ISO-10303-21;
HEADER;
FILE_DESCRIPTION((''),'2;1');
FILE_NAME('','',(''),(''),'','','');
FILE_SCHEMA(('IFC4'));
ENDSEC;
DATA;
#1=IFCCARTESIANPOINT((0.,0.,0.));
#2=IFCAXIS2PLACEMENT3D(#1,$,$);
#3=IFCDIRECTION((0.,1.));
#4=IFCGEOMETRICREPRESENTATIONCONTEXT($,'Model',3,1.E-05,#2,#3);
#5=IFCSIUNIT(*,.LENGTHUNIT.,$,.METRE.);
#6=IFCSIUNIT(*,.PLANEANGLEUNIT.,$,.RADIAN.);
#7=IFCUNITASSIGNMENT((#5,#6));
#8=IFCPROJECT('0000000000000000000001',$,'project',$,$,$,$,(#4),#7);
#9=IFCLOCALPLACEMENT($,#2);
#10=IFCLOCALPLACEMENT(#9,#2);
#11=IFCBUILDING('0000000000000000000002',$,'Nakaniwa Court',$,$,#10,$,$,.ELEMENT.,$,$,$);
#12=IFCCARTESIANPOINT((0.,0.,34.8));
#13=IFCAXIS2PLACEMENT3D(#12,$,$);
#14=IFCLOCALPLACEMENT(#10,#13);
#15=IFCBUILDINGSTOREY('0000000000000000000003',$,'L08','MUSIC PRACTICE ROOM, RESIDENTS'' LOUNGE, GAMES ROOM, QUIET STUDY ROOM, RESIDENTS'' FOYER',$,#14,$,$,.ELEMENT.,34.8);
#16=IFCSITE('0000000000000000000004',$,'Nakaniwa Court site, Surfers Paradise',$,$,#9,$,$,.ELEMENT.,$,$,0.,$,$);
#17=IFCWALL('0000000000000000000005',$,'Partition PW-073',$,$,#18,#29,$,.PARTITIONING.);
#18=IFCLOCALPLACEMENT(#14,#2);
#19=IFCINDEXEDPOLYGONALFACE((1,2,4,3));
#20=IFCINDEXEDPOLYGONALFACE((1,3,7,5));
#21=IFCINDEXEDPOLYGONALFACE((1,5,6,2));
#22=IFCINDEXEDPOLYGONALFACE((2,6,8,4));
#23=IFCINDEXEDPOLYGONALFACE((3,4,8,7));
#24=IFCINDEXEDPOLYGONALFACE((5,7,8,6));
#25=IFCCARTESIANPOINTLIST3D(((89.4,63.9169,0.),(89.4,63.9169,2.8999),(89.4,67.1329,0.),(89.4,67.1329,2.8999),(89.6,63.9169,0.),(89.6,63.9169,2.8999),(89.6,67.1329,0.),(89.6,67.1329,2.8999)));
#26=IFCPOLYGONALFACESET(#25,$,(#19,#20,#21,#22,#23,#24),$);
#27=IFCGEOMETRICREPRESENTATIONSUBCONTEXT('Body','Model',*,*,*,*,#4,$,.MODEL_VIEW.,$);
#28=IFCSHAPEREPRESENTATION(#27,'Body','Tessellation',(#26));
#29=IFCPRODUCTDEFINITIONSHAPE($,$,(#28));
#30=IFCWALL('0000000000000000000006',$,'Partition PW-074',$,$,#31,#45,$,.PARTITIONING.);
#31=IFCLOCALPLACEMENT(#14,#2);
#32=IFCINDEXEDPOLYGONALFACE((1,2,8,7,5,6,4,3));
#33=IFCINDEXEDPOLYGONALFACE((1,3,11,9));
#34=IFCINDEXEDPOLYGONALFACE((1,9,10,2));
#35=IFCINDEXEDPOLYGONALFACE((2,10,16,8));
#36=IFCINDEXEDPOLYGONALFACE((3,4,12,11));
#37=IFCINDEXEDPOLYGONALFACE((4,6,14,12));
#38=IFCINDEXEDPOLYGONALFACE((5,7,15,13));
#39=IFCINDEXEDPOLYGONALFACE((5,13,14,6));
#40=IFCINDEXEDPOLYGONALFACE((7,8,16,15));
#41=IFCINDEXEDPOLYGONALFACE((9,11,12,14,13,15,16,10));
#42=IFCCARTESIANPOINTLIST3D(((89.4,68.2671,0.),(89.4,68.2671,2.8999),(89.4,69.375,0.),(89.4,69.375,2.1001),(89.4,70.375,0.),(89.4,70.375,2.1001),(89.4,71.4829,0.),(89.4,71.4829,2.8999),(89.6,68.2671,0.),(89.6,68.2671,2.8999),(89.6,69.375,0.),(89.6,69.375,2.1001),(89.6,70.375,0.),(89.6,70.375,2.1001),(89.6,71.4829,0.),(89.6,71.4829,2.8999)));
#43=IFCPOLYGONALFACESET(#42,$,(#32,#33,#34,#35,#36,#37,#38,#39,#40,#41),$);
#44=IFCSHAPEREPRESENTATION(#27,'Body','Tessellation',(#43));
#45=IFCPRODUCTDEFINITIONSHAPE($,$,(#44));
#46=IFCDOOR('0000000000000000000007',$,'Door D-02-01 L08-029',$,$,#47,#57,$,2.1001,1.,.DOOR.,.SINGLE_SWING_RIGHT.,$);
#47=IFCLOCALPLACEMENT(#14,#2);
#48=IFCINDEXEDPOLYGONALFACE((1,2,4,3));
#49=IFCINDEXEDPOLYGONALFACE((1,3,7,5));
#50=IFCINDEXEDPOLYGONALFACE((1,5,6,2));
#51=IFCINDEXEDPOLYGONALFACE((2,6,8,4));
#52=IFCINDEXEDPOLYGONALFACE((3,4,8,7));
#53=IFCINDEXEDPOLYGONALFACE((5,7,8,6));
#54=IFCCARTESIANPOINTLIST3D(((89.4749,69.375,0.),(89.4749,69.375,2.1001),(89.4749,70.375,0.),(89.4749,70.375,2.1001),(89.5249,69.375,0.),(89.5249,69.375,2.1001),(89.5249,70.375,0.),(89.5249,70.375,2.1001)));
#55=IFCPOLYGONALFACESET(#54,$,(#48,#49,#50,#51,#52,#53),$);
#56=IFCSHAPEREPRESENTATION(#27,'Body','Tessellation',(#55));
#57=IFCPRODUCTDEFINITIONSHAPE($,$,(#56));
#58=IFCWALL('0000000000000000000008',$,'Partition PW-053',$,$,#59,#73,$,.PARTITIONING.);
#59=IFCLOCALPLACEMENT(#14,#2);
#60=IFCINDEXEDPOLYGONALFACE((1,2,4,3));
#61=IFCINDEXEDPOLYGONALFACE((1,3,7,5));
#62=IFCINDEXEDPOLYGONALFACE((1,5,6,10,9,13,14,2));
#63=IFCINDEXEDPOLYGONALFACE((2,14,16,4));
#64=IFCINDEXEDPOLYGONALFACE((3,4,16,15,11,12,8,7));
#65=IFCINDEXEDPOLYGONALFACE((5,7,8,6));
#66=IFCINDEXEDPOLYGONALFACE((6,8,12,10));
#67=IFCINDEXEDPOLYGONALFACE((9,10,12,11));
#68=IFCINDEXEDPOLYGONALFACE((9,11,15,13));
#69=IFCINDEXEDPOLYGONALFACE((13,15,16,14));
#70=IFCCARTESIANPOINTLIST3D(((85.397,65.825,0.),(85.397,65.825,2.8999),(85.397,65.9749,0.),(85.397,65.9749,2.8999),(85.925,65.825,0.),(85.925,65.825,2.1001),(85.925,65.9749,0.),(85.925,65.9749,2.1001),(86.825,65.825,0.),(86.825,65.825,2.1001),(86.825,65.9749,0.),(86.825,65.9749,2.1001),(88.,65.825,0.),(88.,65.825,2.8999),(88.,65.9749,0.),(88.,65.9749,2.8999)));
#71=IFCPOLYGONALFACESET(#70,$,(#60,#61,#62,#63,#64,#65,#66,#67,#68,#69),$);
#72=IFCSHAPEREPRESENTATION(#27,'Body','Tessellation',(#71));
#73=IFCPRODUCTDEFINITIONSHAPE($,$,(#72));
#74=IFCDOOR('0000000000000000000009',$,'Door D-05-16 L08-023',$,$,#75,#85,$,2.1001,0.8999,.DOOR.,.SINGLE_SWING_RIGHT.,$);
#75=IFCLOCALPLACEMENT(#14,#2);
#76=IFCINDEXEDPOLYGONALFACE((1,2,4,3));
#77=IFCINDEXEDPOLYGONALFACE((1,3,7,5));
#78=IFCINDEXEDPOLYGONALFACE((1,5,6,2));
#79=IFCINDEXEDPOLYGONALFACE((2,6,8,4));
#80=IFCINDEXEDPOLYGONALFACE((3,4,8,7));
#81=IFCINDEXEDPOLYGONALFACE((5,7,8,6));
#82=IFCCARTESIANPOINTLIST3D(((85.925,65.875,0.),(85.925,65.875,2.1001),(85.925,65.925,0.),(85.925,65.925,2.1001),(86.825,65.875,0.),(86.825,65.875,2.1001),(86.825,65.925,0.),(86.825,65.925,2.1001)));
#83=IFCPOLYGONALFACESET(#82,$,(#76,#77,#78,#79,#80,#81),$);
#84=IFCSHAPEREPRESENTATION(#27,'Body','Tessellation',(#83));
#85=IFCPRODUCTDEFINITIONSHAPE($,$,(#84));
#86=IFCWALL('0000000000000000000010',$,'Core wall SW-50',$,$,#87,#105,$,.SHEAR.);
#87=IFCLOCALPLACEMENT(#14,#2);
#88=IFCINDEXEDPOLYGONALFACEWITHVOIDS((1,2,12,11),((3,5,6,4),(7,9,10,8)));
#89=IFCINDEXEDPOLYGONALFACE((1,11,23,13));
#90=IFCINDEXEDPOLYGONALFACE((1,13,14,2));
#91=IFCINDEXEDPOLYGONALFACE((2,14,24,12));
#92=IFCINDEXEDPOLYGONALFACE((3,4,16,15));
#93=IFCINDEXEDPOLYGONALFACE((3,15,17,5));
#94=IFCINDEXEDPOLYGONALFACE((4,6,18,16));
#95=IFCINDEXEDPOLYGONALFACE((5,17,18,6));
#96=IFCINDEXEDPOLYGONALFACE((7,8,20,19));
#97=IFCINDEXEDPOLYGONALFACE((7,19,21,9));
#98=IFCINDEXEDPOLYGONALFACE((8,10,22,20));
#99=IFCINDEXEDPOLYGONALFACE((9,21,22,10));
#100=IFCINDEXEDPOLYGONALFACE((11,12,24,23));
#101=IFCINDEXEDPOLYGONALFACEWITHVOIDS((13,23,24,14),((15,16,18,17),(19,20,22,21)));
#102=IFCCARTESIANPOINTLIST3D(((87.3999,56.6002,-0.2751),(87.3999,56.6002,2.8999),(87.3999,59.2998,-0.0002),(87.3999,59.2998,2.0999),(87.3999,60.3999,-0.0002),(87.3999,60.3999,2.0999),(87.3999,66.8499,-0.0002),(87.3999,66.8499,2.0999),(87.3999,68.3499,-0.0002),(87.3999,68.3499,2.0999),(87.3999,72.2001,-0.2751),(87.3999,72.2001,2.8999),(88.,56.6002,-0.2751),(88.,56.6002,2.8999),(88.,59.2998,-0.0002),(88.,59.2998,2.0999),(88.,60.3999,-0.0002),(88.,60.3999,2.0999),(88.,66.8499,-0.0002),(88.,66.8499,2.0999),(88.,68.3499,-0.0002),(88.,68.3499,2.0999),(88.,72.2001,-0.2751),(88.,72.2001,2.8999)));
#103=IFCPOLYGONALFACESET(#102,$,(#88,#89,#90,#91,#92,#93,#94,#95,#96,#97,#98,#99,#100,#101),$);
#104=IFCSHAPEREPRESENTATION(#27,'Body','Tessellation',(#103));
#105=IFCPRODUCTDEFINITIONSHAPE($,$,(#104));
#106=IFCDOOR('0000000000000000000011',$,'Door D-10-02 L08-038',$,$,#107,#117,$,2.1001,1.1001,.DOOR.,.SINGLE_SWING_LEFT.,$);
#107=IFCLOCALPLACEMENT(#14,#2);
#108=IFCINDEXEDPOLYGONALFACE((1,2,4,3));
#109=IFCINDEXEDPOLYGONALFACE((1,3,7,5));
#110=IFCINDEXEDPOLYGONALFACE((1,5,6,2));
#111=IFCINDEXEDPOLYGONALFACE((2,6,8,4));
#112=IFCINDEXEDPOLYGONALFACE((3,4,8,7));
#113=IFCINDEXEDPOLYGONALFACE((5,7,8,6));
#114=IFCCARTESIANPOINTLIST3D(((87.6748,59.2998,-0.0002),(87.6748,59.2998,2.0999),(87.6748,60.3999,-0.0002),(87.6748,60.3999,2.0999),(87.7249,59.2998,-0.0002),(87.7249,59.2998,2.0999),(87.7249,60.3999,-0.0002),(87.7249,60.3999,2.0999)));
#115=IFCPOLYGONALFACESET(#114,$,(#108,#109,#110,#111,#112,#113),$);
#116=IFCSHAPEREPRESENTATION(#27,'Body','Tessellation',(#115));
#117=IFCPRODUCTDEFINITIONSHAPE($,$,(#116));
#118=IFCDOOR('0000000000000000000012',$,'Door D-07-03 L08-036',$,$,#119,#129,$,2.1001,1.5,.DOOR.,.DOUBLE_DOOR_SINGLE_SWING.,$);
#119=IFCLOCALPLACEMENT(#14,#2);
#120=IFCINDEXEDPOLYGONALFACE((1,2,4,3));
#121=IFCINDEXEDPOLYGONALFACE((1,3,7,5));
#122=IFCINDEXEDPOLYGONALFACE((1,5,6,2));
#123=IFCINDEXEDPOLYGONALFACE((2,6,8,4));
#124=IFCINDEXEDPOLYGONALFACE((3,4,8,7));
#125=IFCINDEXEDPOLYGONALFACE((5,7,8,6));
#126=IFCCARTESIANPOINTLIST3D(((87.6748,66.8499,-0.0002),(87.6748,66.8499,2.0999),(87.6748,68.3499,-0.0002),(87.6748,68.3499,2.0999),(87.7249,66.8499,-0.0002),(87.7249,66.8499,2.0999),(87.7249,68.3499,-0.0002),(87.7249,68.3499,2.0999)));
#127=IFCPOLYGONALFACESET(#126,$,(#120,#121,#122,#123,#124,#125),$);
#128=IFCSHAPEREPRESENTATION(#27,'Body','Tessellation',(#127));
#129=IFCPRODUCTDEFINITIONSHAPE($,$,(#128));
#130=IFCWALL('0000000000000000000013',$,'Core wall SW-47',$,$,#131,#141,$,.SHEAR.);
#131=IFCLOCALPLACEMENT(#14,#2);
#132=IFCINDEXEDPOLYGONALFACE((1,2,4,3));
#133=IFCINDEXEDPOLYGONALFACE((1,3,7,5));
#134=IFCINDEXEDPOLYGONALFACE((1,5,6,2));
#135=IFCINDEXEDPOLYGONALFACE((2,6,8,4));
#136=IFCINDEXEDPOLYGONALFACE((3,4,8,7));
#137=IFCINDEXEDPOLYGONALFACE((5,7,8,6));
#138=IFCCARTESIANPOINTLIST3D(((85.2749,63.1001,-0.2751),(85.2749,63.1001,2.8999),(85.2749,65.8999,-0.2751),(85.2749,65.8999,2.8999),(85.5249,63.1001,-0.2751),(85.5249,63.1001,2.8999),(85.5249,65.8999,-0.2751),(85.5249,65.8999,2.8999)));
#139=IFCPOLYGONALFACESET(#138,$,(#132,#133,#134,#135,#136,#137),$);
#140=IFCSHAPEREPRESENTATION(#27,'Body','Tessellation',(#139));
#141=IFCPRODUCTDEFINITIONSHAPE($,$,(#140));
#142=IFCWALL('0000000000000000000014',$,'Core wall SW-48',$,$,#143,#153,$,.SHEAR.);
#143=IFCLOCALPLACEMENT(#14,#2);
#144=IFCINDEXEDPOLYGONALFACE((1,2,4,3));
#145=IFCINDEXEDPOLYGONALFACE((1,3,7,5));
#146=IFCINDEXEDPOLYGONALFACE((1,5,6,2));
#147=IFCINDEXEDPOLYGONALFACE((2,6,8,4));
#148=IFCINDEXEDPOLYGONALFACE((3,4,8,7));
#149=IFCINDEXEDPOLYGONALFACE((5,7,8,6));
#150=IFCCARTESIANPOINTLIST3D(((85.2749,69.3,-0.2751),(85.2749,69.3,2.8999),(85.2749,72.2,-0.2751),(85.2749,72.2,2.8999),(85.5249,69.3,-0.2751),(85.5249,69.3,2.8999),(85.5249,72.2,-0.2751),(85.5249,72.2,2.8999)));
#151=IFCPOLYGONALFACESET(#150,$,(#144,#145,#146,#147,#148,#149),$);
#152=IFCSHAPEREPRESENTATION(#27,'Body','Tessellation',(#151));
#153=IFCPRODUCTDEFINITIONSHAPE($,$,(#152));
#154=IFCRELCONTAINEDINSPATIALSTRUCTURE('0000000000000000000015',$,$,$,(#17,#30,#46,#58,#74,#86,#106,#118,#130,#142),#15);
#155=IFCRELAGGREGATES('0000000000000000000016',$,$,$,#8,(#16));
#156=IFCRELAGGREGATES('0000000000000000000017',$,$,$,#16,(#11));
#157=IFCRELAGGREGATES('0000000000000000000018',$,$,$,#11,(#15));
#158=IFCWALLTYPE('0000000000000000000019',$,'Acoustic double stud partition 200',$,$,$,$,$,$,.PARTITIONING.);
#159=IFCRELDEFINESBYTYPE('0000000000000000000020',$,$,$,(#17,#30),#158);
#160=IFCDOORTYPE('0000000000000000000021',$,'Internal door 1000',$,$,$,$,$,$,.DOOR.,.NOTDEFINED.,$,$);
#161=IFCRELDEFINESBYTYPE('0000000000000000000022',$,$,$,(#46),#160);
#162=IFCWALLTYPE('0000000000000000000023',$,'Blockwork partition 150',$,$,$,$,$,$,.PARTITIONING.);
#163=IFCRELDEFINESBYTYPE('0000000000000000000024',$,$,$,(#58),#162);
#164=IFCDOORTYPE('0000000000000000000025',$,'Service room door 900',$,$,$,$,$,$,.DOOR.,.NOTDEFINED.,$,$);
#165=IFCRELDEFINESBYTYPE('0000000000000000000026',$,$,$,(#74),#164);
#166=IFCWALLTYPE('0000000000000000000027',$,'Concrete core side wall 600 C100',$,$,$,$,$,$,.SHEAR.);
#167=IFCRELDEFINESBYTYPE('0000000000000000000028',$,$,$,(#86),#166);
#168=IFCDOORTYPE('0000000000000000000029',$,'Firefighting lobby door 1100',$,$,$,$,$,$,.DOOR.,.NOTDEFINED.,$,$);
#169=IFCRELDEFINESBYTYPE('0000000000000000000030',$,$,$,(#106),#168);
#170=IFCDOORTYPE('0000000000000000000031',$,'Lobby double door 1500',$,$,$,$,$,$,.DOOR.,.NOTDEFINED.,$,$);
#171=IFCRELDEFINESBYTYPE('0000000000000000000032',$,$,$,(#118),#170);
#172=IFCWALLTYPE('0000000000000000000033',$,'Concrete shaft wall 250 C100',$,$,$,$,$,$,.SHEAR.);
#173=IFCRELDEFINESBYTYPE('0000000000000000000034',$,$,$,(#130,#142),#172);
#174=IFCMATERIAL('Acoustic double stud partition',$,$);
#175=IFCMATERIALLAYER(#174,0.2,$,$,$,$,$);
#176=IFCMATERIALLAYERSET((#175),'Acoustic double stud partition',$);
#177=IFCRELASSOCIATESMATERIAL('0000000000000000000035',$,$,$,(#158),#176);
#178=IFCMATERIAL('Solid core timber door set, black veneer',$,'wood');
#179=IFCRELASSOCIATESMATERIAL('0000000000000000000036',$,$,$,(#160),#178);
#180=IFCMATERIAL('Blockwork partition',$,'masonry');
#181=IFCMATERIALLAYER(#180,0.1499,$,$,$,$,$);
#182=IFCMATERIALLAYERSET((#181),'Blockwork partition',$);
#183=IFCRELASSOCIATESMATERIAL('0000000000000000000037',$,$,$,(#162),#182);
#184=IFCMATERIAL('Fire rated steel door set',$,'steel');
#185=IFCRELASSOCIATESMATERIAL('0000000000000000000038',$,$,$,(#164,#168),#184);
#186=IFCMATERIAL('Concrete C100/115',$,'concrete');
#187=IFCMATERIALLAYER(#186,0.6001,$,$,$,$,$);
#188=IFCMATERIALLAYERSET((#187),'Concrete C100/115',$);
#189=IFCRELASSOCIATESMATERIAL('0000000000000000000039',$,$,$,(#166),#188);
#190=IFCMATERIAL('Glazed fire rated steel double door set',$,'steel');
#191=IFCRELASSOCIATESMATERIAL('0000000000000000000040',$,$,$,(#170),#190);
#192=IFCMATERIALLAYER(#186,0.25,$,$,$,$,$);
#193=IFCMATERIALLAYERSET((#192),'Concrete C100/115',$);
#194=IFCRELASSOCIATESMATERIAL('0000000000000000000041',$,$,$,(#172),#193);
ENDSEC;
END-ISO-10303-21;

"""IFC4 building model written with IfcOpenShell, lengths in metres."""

from ifc_helpers import new_model, si_unit, direction, frame, frame_2d, origin, place, context, subcontext, project, spatial, rectangle, extrude, material, layer, layer_set, type_object, element, fill, save


model = new_model("IFC4")

# Units and contexts
model_context = context("Model", 3, precision=1e-05, world=origin(), true_north=direction((0.0, 1.0)))
body_context = subcontext(model_context, "Body", "Model", "MODEL_VIEW")
ifc_project = project(units=[si_unit("LENGTHUNIT", "METRE"), si_unit("PLANEANGLEUNIT", "RADIAN")], contexts=[model_context])

# Site, building, storey
site_placement = place(None, origin())
site = spatial("IfcSite", under=ifc_project, at=site_placement, Name="Nakaniwa Court site, Surfers Paradise", CompositionType="ELEMENT", RefElevation=0.0)
building_placement = place(site_placement, origin())
building = spatial("IfcBuilding", under=site, at=building_placement, Name="Nakaniwa Court", CompositionType="ELEMENT")
storey_placement = place(building_placement, frame((0.0, 0.0, 34.8)))
storey = spatial("IfcBuildingStorey", under=building, at=storey_placement, Name="L08", Description="MUSIC PRACTICE ROOM, RESIDENTS' LOUNGE, GAMES ROOM, QUIET STUDY ROOM, RESIDENTS' FOYER", CompositionType="ELEMENT", Elevation=34.8)

# Wall
ifc_material_1 = material(Name="Acoustic double stud partition")
ifc_layer_1 = layer(ifc_material_1, 0.2)
ifc_layer_set_1 = layer_set([ifc_layer_1], Name="Acoustic double stud partition")
wall_type_1 = type_object("IfcWallType", Name="Acoustic double stud partition 200", PredefinedType="PARTITIONING", material=ifc_layer_set_1)
wall_1_placement = place(storey_placement, frame((89.5, 63.917, 0.0), z_axis=(0.0, 0.0, 1.0), x_axis=(0.0, 1.0, 0.0)))
element("IfcWall", 1, at=wall_1_placement, inside=storey, type_object=wall_type_1, Name="Partition PW-073", PredefinedType="PARTITIONING", context=body_context, shape_type="SweptSolid", body=[
    extrude(rectangle(XDim=3.2161, YDim=0.2, at=frame_2d((1.6079, 0.0))), origin(), (0.0, 0.0, 1.0), 2.8999),
])

# Walls, openings, doors
wall_2_placement = place(storey_placement, frame((89.5, 71.4829, 0.0), z_axis=(0.0, 0.0, 1.0), x_axis=(0.0, -1.0, 0.0)))
wall_2 = element("IfcWall", 2, at=wall_2_placement, inside=storey, type_object=wall_type_1, Name="Partition PW-074", PredefinedType="PARTITIONING", context=body_context, shape_type="SweptSolid", body=[
    extrude(rectangle(XDim=3.2158, YDim=0.2, at=frame_2d((1.6079, 0.0))), origin(), (0.0, 0.0, 1.0), 2.8999),
])
opening_1_placement = place(wall_2_placement, frame((1.1079, 0.0, 0.0)))
opening_1 = element("IfcOpeningElement", 3, at=opening_1_placement, cuts=wall_2, PredefinedType="OPENING", context=body_context, shape_type="SweptSolid", body=[
    extrude(rectangle(XDim=1.0, YDim=2.1001, at=frame_2d((0.5, 1.05))), frame((0.0, 0.1099, 0.0), z_axis=(0.0, -1.0, 0.0), x_axis=(1.0, 0.0, 0.0)), (0.0, 0.0, 1.0), 0.22),
])
ifc_material_2 = material(Name="Solid core timber door set, black veneer", Category="wood")
door_type_1 = type_object("IfcDoorType", Name="Internal door 1000", OperationType="NOTDEFINED", PredefinedType="DOOR", material=ifc_material_2)
door_1_placement = place(opening_1_placement, origin())
door_1 = element("IfcDoor", 4, at=door_1_placement, inside=storey, type_object=door_type_1, Name="Door D-02-01 L08-029", OperationType="SINGLE_SWING_RIGHT", OverallHeight=2.1001, OverallWidth=1.0, PredefinedType="DOOR", context=body_context, shape_type="SweptSolid", body=[
    extrude(rectangle(XDim=1.0, YDim=2.1001, at=frame_2d((0.5, 1.05))), frame((0.0, 0.0249, 0.0), z_axis=(0.0, -1.0, 0.0), x_axis=(1.0, 0.0, 0.0)), (0.0, 0.0, 1.0), 0.05),
])
fill(opening_1, door_1)
ifc_material_3 = material(Name="Blockwork partition", Category="masonry")
ifc_layer_2 = layer(ifc_material_3, 0.1499)
ifc_layer_set_2 = layer_set([ifc_layer_2], Name="Blockwork partition")
wall_type_2 = type_object("IfcWallType", Name="Blockwork partition 150", PredefinedType="PARTITIONING", material=ifc_layer_set_2)
wall_3_placement = place(storey_placement, frame((88.0, 65.8999, 0.0), z_axis=(0.0, 0.0, 1.0), x_axis=(-1.0, 0.0, 0.0)))
wall_3 = element("IfcWall", 5, at=wall_3_placement, inside=storey, type_object=wall_type_2, Name="Partition PW-053", PredefinedType="PARTITIONING", context=body_context, shape_type="SweptSolid", body=[
    extrude(rectangle(XDim=2.603, YDim=0.1499, at=frame_2d((1.3015, 0.0))), origin(), (0.0, 0.0, 1.0), 2.8999),
])
opening_2_placement = place(wall_3_placement, frame((1.175, 0.0, 0.0)))
opening_2 = element("IfcOpeningElement", 6, at=opening_2_placement, cuts=wall_3, PredefinedType="OPENING", context=body_context, shape_type="SweptSolid", body=[
    extrude(rectangle(XDim=0.8999, YDim=2.1001, at=frame_2d((0.45, 1.05))), frame((0.0, 0.085, 0.0), z_axis=(0.0, -1.0, 0.0), x_axis=(1.0, 0.0, 0.0)), (0.0, 0.0, 1.0), 0.1699),
])
ifc_material_4 = material(Name="Fire rated steel door set", Category="steel")
door_type_2 = type_object("IfcDoorType", Name="Service room door 900", OperationType="NOTDEFINED", PredefinedType="DOOR", material=ifc_material_4)
door_2_placement = place(opening_2_placement, origin())
door_2 = element("IfcDoor", 7, at=door_2_placement, inside=storey, type_object=door_type_2, Name="Door D-05-16 L08-023", OperationType="SINGLE_SWING_RIGHT", OverallHeight=2.1001, OverallWidth=0.8999, PredefinedType="DOOR", context=body_context, shape_type="SweptSolid", body=[
    extrude(rectangle(XDim=0.8999, YDim=2.1001, at=frame_2d((0.45, 1.05))), frame((0.0, 0.0249, 0.0), z_axis=(0.0, -1.0, 0.0), x_axis=(1.0, 0.0, 0.0)), (0.0, 0.0, 1.0), 0.05),
])
fill(opening_2, door_2)

# Wall, openings, doors
ifc_material_5 = material(Name="Concrete C100/115", Category="concrete")
ifc_layer_3 = layer(ifc_material_5, 0.6001)
ifc_layer_set_3 = layer_set([ifc_layer_3], Name="Concrete C100/115")
wall_type_3 = type_object("IfcWallType", Name="Concrete core side wall 600 C100", PredefinedType="SHEAR", material=ifc_layer_set_3)
wall_4_placement = place(storey_placement, frame((87.7, 72.2, -0.2751), z_axis=(0.0, 0.0, 1.0), x_axis=(0.0, -1.0, 0.0)))
wall_4 = element("IfcWall", 8, at=wall_4_placement, inside=storey, type_object=wall_type_3, Name="Core wall SW-50", PredefinedType="SHEAR", context=body_context, shape_type="SweptSolid", body=[
    extrude(rectangle(XDim=15.5999, YDim=0.6001, at=frame_2d((7.7998, 0.0))), origin(), (0.0, 0.0, 1.0), 3.175),
])
opening_3_placement = place(wall_4_placement, frame((3.8501, 0.0, 0.2749)))
opening_3 = element("IfcOpeningElement", 9, at=opening_3_placement, cuts=wall_4, PredefinedType="OPENING", context=body_context, shape_type="SweptSolid", body=[
    extrude(rectangle(XDim=1.5, YDim=2.1001, at=frame_2d((0.75, 1.05))), frame((0.0, 0.3101, 0.0), z_axis=(0.0, -1.0, 0.0), x_axis=(1.0, 0.0, 0.0)), (0.0, 0.0, 1.0), 0.6201),
])
opening_4_placement = place(wall_4_placement, frame((11.8, 0.0, 0.2749)))
opening_4 = element("IfcOpeningElement", 10, at=opening_4_placement, cuts=wall_4, PredefinedType="OPENING", context=body_context, shape_type="SweptSolid", body=[
    extrude(rectangle(XDim=1.1001, YDim=2.1001, at=frame_2d((0.55, 1.05))), frame((0.0, 0.3101, 0.0), z_axis=(0.0, -1.0, 0.0), x_axis=(1.0, 0.0, 0.0)), (0.0, 0.0, 1.0), 0.6201),
])
door_type_3 = type_object("IfcDoorType", Name="Firefighting lobby door 1100", OperationType="NOTDEFINED", PredefinedType="DOOR", material=ifc_material_4)
door_3_placement = place(opening_4_placement, origin())
door_3 = element("IfcDoor", 11, at=door_3_placement, inside=storey, type_object=door_type_3, Name="Door D-10-02 L08-038", OperationType="SINGLE_SWING_LEFT", OverallHeight=2.1001, OverallWidth=1.1001, PredefinedType="DOOR", context=body_context, shape_type="SweptSolid", body=[
    extrude(rectangle(XDim=1.1001, YDim=2.1001, at=frame_2d((0.55, 1.05))), frame((0.0, 0.0249, 0.0), z_axis=(0.0, -1.0, 0.0), x_axis=(1.0, 0.0, 0.0)), (0.0, 0.0, 1.0), 0.05),
])
fill(opening_4, door_3)
ifc_material_6 = material(Name="Glazed fire rated steel double door set", Category="steel")
door_type_4 = type_object("IfcDoorType", Name="Lobby double door 1500", OperationType="NOTDEFINED", PredefinedType="DOOR", material=ifc_material_6)
door_4_placement = place(opening_3_placement, origin())
door_4 = element("IfcDoor", 12, at=door_4_placement, inside=storey, type_object=door_type_4, Name="Door D-07-03 L08-036", OperationType="DOUBLE_DOOR_SINGLE_SWING", OverallHeight=2.1001, OverallWidth=1.5, PredefinedType="DOOR", context=body_context, shape_type="SweptSolid", body=[
    extrude(rectangle(XDim=1.5, YDim=2.1001, at=frame_2d((0.75, 1.05))), frame((0.0, 0.0249, 0.0), z_axis=(0.0, -1.0, 0.0), x_axis=(1.0, 0.0, 0.0)), (0.0, 0.0, 1.0), 0.05),
])
fill(opening_3, door_4)

# Walls
ifc_layer_4 = layer(ifc_material_5, 0.25)
ifc_layer_set_4 = layer_set([ifc_layer_4], Name="Concrete C100/115")
wall_type_4 = type_object("IfcWallType", Name="Concrete shaft wall 250 C100", PredefinedType="SHEAR", material=ifc_layer_set_4)
wall_5_placement = place(storey_placement, frame((85.3999, 63.1001, -0.2751), z_axis=(0.0, 0.0, 1.0), x_axis=(0.0, 1.0, 0.0)))
element("IfcWall", 13, at=wall_5_placement, inside=storey, type_object=wall_type_4, Name="Core wall SW-47", PredefinedType="SHEAR", context=body_context, shape_type="SweptSolid", body=[
    extrude(rectangle(XDim=2.7998, YDim=0.25, at=frame_2d((1.3999, 0.0))), origin(), (0.0, 0.0, 1.0), 3.175),
])
wall_6_placement = place(storey_placement, frame((85.3999, 69.3, -0.2751), z_axis=(0.0, 0.0, 1.0), x_axis=(0.0, 1.0, 0.0)))
element("IfcWall", 14, at=wall_6_placement, inside=storey, type_object=wall_type_4, Name="Core wall SW-48", PredefinedType="SHEAR", context=body_context, shape_type="SweptSolid", body=[
    extrude(rectangle(XDim=2.8999, YDim=0.25, at=frame_2d((1.45, 0.0))), origin(), (0.0, 0.0, 1.0), 3.175),
])

save(model, "model.ifc")
